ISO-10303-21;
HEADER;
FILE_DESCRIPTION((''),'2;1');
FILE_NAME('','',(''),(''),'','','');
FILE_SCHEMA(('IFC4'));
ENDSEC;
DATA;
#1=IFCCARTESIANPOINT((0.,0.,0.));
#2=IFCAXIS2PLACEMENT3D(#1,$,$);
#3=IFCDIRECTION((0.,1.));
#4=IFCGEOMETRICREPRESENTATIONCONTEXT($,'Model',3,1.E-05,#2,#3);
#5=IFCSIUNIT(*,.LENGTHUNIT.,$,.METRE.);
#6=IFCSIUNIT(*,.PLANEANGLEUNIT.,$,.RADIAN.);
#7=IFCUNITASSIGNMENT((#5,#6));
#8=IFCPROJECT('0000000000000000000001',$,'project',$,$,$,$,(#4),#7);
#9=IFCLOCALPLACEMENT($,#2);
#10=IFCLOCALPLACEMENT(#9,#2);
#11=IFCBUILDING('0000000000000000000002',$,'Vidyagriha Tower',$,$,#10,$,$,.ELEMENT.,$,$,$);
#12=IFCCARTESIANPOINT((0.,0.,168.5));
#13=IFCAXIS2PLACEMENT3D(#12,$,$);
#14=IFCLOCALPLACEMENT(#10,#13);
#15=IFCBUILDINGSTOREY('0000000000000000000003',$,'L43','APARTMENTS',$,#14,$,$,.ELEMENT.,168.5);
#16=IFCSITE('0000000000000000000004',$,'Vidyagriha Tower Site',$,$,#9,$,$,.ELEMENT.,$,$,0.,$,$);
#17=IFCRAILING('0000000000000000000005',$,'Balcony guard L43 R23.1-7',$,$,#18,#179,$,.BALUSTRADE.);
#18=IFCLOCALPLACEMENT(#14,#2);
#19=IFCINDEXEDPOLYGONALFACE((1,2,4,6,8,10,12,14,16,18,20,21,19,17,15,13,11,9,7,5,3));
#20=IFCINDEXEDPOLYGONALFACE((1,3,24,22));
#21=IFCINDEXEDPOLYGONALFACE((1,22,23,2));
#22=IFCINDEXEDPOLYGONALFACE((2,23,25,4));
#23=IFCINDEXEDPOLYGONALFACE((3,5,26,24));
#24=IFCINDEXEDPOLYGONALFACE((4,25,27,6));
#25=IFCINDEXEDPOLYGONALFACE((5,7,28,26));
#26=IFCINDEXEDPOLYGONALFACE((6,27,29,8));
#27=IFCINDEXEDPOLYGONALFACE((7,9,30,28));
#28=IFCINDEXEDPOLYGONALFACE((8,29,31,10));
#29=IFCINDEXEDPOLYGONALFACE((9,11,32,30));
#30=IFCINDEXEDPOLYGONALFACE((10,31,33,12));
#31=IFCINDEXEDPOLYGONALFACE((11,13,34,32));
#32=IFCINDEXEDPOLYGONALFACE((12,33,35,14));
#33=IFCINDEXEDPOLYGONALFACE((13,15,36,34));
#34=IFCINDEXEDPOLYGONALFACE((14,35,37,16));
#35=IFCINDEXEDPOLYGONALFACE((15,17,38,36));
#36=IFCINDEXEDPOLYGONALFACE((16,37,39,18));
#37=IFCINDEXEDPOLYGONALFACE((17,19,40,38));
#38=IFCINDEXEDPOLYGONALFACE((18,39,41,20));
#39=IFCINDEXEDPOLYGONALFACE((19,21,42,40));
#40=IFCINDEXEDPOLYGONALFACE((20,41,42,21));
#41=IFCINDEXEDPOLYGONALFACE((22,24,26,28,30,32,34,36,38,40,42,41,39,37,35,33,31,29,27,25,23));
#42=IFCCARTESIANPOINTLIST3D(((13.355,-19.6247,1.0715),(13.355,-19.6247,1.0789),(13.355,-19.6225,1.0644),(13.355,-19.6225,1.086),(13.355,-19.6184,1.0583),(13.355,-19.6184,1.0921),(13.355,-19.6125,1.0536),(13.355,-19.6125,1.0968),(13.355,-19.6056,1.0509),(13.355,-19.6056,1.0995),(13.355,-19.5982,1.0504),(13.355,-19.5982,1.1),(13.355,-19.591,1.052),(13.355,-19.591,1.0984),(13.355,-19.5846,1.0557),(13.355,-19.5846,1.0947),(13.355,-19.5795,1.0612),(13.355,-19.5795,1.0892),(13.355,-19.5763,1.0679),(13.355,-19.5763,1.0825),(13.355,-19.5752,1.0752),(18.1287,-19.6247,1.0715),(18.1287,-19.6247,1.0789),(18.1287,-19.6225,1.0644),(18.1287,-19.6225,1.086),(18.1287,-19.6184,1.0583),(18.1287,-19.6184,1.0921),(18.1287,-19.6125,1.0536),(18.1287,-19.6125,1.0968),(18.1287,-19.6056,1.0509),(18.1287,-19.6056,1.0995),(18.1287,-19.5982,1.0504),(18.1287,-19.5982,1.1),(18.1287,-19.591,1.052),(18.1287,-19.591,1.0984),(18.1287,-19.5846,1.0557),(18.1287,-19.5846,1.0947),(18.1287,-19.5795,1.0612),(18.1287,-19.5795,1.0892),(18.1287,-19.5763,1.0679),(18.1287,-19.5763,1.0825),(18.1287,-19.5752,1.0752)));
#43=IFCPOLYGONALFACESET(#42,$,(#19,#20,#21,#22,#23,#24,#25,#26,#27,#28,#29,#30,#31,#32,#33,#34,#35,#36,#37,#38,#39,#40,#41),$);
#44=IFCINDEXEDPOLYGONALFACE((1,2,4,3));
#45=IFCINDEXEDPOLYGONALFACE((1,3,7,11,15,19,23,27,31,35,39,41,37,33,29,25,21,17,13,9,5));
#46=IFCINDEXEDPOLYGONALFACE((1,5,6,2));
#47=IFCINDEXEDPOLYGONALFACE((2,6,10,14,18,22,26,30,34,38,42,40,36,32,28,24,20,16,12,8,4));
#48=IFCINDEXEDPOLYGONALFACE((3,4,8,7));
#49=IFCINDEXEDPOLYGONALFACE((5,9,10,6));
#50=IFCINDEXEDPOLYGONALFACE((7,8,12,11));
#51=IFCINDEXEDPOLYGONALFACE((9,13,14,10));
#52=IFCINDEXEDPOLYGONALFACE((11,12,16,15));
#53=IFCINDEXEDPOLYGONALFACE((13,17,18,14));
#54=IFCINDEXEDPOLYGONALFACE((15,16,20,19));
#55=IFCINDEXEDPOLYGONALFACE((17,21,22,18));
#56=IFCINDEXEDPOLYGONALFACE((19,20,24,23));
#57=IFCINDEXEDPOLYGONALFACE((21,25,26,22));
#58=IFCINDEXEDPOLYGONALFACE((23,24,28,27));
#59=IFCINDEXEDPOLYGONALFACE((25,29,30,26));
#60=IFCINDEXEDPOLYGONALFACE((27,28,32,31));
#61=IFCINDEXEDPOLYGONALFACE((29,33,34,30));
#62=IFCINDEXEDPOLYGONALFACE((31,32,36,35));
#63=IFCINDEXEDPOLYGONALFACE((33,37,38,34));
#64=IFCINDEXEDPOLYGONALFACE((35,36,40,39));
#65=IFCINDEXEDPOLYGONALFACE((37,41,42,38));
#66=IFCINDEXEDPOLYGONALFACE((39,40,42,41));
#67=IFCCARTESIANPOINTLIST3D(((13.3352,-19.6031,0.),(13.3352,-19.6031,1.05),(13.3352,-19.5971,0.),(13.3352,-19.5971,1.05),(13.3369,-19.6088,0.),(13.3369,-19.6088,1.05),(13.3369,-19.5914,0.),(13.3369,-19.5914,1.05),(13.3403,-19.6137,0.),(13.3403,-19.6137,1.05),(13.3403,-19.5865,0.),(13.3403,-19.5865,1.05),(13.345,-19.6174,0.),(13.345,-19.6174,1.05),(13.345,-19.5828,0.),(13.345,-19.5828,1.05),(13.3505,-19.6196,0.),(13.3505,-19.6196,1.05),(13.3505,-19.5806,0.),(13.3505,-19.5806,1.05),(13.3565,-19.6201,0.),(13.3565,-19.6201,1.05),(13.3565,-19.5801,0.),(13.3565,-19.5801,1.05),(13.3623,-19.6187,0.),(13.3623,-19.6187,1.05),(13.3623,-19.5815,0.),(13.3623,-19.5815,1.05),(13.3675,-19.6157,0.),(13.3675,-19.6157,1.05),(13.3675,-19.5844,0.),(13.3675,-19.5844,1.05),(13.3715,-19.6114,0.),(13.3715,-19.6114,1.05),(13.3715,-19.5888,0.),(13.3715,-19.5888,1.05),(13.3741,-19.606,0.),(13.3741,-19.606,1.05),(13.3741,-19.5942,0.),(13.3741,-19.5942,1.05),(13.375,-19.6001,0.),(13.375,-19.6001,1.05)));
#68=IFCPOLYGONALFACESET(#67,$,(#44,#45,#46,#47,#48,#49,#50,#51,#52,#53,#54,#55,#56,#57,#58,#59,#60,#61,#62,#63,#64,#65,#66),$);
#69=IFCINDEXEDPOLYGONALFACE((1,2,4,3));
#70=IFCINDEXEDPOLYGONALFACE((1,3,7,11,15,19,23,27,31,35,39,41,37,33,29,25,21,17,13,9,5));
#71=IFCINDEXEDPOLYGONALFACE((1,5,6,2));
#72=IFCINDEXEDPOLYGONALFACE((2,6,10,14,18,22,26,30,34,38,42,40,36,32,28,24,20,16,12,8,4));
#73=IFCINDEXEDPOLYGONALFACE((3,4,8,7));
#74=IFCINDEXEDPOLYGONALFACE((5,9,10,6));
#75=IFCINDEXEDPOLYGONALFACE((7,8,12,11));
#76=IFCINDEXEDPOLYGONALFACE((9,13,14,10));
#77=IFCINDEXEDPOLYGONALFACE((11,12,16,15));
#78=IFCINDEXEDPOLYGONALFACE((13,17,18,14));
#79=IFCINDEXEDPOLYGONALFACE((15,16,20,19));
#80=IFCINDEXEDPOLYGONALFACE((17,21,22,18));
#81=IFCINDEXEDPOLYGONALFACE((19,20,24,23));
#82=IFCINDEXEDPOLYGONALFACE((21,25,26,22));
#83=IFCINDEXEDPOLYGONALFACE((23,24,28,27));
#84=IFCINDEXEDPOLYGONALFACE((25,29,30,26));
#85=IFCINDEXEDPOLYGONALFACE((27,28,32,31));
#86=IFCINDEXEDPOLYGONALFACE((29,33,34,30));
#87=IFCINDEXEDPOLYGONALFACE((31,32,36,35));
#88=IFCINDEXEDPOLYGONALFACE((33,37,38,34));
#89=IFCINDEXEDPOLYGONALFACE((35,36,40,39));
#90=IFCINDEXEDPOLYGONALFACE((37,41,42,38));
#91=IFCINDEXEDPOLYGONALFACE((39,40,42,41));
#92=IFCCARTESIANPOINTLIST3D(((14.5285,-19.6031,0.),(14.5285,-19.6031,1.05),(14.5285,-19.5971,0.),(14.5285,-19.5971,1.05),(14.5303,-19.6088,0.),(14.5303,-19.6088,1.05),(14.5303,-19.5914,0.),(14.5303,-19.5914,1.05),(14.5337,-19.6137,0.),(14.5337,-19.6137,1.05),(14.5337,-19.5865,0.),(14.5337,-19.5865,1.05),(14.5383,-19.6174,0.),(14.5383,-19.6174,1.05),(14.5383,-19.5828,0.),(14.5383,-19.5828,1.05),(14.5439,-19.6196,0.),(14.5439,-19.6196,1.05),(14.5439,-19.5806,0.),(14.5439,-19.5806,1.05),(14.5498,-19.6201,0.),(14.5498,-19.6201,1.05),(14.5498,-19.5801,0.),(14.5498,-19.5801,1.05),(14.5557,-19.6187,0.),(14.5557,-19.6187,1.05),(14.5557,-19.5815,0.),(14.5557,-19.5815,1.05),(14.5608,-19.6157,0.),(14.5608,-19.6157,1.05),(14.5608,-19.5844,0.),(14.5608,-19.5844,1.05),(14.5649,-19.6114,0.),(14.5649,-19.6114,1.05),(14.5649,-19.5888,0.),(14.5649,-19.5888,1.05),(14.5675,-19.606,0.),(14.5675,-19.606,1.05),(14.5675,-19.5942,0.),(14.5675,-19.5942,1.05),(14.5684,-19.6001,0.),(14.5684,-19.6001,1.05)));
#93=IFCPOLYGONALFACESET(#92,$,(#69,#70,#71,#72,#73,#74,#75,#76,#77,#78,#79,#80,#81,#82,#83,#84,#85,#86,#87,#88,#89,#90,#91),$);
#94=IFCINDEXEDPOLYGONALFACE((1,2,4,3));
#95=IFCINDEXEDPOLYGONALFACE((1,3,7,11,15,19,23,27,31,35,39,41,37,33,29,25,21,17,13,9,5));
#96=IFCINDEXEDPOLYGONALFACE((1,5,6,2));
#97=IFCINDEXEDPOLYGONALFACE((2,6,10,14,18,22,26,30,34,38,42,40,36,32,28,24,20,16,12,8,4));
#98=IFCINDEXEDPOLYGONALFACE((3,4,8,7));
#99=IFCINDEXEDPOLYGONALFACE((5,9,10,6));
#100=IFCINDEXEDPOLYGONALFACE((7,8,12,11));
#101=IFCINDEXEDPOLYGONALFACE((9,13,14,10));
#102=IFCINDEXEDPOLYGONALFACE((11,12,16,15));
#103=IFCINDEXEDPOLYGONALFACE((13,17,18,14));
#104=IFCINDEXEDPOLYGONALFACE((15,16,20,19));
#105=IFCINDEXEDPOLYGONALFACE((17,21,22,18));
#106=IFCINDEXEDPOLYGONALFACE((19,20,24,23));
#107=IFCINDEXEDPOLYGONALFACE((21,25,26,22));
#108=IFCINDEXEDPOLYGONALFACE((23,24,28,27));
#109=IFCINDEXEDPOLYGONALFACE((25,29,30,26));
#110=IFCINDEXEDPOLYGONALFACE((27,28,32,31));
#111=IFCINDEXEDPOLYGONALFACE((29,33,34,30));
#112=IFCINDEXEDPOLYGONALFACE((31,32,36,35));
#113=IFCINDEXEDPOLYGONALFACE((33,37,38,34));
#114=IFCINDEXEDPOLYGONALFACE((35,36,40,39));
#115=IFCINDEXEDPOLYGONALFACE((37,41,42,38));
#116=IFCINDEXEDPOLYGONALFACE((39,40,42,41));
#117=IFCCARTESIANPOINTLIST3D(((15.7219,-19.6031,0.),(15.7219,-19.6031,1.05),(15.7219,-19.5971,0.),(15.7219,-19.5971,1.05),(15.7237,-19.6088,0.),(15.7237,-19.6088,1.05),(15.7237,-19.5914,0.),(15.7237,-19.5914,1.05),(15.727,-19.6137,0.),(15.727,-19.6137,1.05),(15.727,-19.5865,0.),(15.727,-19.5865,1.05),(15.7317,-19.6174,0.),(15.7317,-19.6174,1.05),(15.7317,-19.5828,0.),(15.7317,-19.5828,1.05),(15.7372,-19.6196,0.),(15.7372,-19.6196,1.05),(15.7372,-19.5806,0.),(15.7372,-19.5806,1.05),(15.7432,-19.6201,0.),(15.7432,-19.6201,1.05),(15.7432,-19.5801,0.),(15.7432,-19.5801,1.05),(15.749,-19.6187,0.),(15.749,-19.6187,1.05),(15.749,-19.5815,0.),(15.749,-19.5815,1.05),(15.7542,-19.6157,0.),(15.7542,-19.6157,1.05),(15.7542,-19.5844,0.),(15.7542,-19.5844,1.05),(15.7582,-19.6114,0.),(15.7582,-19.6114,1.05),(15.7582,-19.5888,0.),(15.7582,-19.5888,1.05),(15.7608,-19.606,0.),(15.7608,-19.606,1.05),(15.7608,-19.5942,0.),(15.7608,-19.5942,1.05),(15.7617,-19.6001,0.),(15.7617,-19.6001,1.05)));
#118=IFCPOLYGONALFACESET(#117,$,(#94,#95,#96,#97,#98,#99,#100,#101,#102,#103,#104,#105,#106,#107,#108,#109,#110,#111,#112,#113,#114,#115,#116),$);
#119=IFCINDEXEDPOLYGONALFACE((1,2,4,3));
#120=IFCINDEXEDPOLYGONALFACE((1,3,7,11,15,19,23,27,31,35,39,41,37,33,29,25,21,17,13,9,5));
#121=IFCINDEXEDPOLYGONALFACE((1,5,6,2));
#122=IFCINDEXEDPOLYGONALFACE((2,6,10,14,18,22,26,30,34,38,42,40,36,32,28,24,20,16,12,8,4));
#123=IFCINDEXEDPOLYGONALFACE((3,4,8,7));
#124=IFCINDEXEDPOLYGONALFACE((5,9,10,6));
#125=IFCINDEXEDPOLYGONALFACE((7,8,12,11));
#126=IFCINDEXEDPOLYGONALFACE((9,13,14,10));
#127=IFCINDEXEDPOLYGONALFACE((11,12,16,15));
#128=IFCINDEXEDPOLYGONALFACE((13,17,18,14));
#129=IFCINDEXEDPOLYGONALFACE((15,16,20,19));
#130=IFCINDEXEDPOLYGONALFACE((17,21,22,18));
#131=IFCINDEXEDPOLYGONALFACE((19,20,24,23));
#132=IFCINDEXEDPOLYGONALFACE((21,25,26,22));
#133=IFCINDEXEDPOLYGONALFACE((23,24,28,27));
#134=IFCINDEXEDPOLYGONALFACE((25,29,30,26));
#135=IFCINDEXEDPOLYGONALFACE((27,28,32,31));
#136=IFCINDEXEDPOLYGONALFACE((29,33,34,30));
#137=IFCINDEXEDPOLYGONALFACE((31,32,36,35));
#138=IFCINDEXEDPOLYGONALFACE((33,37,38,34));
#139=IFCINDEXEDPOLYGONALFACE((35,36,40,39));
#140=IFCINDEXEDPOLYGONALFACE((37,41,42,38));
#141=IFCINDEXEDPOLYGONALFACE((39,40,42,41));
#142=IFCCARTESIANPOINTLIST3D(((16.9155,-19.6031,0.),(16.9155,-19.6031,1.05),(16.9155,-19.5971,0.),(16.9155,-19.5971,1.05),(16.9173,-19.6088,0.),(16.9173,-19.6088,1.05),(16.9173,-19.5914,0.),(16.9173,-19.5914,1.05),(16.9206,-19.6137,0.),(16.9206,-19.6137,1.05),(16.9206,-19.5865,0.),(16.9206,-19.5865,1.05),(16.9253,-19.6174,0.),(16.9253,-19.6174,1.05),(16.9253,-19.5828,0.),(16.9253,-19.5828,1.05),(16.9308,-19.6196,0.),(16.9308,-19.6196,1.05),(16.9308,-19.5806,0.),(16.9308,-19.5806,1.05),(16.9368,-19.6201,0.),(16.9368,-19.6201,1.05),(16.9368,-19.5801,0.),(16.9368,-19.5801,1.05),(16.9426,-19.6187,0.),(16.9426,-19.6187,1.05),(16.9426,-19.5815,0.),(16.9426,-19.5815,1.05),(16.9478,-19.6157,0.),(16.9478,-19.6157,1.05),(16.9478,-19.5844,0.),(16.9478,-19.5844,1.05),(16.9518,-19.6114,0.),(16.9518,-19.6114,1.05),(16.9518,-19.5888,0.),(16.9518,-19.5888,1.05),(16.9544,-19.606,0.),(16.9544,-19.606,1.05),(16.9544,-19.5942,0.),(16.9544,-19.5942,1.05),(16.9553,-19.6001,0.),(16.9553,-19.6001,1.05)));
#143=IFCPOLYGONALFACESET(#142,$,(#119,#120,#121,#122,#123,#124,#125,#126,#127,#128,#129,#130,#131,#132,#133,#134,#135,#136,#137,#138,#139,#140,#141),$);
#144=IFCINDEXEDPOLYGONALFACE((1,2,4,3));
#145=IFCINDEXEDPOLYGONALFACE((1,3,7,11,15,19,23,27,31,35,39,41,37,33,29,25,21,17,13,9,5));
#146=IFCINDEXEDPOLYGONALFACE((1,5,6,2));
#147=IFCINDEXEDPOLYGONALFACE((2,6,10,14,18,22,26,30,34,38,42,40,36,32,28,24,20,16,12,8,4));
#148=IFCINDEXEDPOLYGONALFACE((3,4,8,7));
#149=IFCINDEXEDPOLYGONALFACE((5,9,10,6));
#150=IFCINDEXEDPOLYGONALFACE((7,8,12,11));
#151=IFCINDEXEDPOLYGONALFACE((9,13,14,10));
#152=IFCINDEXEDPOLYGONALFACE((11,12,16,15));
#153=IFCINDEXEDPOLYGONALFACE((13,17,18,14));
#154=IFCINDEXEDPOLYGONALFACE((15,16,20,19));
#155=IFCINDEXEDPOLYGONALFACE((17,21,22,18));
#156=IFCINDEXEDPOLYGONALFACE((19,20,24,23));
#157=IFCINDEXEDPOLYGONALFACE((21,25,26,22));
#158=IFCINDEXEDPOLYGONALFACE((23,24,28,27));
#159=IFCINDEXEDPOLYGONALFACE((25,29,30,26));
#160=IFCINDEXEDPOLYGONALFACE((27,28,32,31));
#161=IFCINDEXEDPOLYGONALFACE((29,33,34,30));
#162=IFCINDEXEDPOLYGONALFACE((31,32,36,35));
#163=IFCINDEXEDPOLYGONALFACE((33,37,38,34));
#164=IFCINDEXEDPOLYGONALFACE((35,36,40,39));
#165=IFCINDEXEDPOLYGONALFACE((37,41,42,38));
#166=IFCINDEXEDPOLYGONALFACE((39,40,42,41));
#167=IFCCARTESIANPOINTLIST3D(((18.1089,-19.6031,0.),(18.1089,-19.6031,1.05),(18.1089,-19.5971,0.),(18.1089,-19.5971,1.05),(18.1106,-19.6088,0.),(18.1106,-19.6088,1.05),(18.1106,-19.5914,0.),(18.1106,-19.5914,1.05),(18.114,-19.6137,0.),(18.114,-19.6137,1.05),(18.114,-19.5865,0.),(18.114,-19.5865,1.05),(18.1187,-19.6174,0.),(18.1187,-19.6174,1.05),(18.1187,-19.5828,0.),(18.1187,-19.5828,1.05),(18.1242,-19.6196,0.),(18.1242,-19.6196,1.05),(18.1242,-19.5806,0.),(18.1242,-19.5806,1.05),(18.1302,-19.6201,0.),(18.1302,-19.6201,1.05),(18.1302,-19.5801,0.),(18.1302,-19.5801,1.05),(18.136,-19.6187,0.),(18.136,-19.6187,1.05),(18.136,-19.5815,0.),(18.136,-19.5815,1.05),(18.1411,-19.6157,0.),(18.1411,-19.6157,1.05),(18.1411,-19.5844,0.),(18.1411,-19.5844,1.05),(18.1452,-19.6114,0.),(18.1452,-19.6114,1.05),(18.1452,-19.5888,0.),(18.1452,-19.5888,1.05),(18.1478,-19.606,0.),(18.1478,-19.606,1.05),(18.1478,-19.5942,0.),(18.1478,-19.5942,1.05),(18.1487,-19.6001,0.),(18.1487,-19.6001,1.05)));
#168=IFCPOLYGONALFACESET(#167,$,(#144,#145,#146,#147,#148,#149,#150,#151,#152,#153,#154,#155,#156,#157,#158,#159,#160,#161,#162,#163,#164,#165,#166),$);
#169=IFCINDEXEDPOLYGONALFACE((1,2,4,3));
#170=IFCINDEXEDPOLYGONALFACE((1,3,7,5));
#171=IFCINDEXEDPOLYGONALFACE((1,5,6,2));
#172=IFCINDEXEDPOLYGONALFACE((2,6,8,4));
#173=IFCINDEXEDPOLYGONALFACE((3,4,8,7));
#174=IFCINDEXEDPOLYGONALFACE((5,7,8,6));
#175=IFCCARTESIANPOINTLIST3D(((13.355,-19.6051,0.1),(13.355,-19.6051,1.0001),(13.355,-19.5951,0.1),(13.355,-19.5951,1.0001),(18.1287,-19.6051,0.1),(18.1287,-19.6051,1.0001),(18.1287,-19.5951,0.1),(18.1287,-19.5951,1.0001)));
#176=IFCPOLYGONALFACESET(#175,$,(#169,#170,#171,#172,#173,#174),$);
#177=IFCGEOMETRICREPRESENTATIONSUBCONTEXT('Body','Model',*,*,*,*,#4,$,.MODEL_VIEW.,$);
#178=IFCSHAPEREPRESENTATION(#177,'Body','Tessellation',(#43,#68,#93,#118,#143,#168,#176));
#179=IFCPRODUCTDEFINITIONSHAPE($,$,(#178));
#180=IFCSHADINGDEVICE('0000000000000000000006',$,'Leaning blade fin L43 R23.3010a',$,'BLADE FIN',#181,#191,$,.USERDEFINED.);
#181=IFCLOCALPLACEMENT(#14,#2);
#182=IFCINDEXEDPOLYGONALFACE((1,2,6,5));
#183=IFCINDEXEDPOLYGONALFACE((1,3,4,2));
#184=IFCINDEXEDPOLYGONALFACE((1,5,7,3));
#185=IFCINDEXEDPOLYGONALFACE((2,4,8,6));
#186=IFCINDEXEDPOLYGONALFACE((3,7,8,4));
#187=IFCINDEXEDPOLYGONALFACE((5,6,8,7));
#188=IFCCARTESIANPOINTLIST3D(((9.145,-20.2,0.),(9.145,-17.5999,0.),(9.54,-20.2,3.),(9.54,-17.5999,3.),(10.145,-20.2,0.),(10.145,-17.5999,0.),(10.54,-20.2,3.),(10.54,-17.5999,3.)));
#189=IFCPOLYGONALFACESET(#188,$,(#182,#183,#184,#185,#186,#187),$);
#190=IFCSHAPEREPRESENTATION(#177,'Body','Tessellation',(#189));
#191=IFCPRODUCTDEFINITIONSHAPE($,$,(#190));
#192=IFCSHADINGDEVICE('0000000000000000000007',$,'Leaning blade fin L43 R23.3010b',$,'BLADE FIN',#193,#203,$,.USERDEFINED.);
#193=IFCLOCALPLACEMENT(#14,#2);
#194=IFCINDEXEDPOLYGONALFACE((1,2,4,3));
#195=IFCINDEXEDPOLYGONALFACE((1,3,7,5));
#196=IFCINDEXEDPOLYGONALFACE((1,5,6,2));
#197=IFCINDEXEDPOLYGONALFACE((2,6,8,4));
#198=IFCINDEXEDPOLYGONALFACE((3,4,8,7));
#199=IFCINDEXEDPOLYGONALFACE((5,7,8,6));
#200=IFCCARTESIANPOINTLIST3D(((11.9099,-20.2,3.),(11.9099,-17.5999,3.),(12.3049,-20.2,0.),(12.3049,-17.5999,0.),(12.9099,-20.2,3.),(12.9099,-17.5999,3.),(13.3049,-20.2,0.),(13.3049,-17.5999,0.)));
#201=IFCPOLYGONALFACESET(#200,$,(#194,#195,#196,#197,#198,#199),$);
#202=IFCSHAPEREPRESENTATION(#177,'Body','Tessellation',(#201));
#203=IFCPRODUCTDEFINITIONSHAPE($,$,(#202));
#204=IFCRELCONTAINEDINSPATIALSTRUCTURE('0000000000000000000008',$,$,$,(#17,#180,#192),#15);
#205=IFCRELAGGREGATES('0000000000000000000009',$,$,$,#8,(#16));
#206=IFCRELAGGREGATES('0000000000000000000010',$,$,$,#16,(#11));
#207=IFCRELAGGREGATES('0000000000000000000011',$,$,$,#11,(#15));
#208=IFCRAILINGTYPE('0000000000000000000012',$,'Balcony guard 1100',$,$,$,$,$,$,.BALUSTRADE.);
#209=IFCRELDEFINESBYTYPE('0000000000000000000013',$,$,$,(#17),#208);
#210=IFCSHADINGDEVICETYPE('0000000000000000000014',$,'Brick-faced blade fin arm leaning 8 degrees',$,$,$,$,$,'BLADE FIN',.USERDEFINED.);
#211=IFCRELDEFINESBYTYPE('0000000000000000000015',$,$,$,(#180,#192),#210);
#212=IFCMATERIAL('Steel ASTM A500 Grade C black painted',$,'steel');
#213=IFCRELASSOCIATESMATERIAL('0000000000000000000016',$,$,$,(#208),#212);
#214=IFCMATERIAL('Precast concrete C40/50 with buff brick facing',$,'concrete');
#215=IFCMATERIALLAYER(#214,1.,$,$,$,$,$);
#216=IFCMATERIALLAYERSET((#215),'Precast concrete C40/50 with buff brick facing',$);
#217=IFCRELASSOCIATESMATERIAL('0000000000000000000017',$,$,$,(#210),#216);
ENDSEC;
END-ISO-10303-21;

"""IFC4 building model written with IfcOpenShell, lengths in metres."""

from ifc_helpers import new_model, si_unit, direction, frame, origin, origin_2d, place, context, subcontext, project, spatial, polyline, rectangle, circle, outline, extrude, material, layer, layer_set, type_object, element, save


model = new_model("IFC4")

# Units and contexts
model_context = context("Model", 3, precision=1e-05, world=origin(), true_north=direction((0.0, 1.0)))
body_context = subcontext(model_context, "Body", "Model", "MODEL_VIEW")
ifc_project = project(units=[si_unit("LENGTHUNIT", "METRE"), si_unit("PLANEANGLEUNIT", "RADIAN")], contexts=[model_context])

# Site, building, storey
site_placement = place(None, origin())
site = spatial("IfcSite", under=ifc_project, at=site_placement, Name="Vidyagriha Tower Site", CompositionType="ELEMENT", RefElevation=0.0)
building_placement = place(site_placement, origin())
building = spatial("IfcBuilding", under=site, at=building_placement, Name="Vidyagriha Tower", CompositionType="ELEMENT")
storey_placement = place(building_placement, frame((0.0, 0.0, 168.5)))
storey = spatial("IfcBuildingStorey", under=building, at=storey_placement, Name="L43", Description="APARTMENTS", CompositionType="ELEMENT", Elevation=168.5)

# Railing
ifc_material_1 = material(Name="Steel ASTM A500 Grade C black painted", Category="steel")
railing_type = type_object("IfcRailingType", Name="Balcony guard 1100", PredefinedType="BALUSTRADE", material=ifc_material_1)
railing_1_placement = place(storey_placement, frame((13.355, -19.6001, 0.0)))
element("IfcRailing", 1, at=railing_1_placement, inside=storey, type_object=railing_type, Name="Balcony guard L43 R23.1-7", PredefinedType="BALUSTRADE", context=body_context, shape_type="SweptSolid", body=[
    extrude(circle(Radius=0.0249, at=origin_2d()), frame((0.0, 0.0, 1.0752), z_axis=(1.0, 0.0, 0.0), x_axis=(0.0, 1.0, 0.0)), (0.0, 0.0, 1.0), 4.7737),
    extrude(circle(Radius=0.02, at=origin_2d()), origin(), (0.0, 0.0, 1.0), 1.05),
    extrude(circle(Radius=0.02, at=origin_2d()), frame((1.1934, 0.0, 0.0)), (0.0, 0.0, 1.0), 1.05),
    extrude(circle(Radius=0.02, at=origin_2d()), frame((2.3867, 0.0, 0.0)), (0.0, 0.0, 1.0), 1.05),
    extrude(circle(Radius=0.02, at=origin_2d()), frame((3.5803, 0.0, 0.0)), (0.0, 0.0, 1.0), 1.05),
    extrude(circle(Radius=0.02, at=origin_2d()), frame((4.7737, 0.0, 0.0)), (0.0, 0.0, 1.0), 1.05),
    extrude(rectangle(XDim=0.01, YDim=0.9001, at=origin_2d()), frame((0.0, 0.0, 0.55), z_axis=(1.0, 0.0, 0.0), x_axis=(0.0, 1.0, 0.0)), (0.0, 0.0, 1.0), 4.7737),
])

# Shading devices
ifc_material_2 = material(Name="Precast concrete C40/50 with buff brick facing", Category="concrete")
ifc_layer_1 = layer(ifc_material_2, 1.0)
ifc_layer_set_1 = layer_set([ifc_layer_1], Name="Precast concrete C40/50 with buff brick facing")
shading_device_type = type_object("IfcShadingDeviceType", Name="Brick-faced blade fin arm leaning 8 degrees", ElementType="BLADE FIN", PredefinedType="USERDEFINED", material=ifc_layer_set_1)
shading_device_1_placement = place(storey_placement, frame((9.145, -18.8999, 0.0)))
element("IfcShadingDevice", 2, at=shading_device_1_placement, inside=storey, type_object=shading_device_type, Name="Leaning blade fin L43 R23.3010a", ObjectType="BLADE FIN", PredefinedType="USERDEFINED", context=body_context, shape_type="SweptSolid", body=[
    extrude(outline(polyline([(0.0, 0.0), (1.0, 0.0), (1.395, 3.0), (0.395, 3.0), (0.0, 0.0)])), frame((0.0, 1.3, 0.0), z_axis=(0.0, -1.0, 0.0), x_axis=(1.0, 0.0, 0.0)), (0.0, 0.0, 1.0), 2.6001),
])
shading_device_2_placement = place(storey_placement, frame((11.9099, -18.8999, 0.0)))
element("IfcShadingDevice", 3, at=shading_device_2_placement, inside=storey, type_object=shading_device_type, Name="Leaning blade fin L43 R23.3010b", ObjectType="BLADE FIN", PredefinedType="USERDEFINED", context=body_context, shape_type="SweptSolid", body=[
    extrude(outline(polyline([(0.395, 0.0), (1.395, 0.0), (1.0, 3.0), (0.0, 3.0), (0.395, 0.0)])), frame((0.0, 1.3, 0.0), z_axis=(0.0, -1.0, 0.0), x_axis=(1.0, 0.0, 0.0)), (0.0, 0.0, 1.0), 2.6001),
])

save(model, "model.ifc")
